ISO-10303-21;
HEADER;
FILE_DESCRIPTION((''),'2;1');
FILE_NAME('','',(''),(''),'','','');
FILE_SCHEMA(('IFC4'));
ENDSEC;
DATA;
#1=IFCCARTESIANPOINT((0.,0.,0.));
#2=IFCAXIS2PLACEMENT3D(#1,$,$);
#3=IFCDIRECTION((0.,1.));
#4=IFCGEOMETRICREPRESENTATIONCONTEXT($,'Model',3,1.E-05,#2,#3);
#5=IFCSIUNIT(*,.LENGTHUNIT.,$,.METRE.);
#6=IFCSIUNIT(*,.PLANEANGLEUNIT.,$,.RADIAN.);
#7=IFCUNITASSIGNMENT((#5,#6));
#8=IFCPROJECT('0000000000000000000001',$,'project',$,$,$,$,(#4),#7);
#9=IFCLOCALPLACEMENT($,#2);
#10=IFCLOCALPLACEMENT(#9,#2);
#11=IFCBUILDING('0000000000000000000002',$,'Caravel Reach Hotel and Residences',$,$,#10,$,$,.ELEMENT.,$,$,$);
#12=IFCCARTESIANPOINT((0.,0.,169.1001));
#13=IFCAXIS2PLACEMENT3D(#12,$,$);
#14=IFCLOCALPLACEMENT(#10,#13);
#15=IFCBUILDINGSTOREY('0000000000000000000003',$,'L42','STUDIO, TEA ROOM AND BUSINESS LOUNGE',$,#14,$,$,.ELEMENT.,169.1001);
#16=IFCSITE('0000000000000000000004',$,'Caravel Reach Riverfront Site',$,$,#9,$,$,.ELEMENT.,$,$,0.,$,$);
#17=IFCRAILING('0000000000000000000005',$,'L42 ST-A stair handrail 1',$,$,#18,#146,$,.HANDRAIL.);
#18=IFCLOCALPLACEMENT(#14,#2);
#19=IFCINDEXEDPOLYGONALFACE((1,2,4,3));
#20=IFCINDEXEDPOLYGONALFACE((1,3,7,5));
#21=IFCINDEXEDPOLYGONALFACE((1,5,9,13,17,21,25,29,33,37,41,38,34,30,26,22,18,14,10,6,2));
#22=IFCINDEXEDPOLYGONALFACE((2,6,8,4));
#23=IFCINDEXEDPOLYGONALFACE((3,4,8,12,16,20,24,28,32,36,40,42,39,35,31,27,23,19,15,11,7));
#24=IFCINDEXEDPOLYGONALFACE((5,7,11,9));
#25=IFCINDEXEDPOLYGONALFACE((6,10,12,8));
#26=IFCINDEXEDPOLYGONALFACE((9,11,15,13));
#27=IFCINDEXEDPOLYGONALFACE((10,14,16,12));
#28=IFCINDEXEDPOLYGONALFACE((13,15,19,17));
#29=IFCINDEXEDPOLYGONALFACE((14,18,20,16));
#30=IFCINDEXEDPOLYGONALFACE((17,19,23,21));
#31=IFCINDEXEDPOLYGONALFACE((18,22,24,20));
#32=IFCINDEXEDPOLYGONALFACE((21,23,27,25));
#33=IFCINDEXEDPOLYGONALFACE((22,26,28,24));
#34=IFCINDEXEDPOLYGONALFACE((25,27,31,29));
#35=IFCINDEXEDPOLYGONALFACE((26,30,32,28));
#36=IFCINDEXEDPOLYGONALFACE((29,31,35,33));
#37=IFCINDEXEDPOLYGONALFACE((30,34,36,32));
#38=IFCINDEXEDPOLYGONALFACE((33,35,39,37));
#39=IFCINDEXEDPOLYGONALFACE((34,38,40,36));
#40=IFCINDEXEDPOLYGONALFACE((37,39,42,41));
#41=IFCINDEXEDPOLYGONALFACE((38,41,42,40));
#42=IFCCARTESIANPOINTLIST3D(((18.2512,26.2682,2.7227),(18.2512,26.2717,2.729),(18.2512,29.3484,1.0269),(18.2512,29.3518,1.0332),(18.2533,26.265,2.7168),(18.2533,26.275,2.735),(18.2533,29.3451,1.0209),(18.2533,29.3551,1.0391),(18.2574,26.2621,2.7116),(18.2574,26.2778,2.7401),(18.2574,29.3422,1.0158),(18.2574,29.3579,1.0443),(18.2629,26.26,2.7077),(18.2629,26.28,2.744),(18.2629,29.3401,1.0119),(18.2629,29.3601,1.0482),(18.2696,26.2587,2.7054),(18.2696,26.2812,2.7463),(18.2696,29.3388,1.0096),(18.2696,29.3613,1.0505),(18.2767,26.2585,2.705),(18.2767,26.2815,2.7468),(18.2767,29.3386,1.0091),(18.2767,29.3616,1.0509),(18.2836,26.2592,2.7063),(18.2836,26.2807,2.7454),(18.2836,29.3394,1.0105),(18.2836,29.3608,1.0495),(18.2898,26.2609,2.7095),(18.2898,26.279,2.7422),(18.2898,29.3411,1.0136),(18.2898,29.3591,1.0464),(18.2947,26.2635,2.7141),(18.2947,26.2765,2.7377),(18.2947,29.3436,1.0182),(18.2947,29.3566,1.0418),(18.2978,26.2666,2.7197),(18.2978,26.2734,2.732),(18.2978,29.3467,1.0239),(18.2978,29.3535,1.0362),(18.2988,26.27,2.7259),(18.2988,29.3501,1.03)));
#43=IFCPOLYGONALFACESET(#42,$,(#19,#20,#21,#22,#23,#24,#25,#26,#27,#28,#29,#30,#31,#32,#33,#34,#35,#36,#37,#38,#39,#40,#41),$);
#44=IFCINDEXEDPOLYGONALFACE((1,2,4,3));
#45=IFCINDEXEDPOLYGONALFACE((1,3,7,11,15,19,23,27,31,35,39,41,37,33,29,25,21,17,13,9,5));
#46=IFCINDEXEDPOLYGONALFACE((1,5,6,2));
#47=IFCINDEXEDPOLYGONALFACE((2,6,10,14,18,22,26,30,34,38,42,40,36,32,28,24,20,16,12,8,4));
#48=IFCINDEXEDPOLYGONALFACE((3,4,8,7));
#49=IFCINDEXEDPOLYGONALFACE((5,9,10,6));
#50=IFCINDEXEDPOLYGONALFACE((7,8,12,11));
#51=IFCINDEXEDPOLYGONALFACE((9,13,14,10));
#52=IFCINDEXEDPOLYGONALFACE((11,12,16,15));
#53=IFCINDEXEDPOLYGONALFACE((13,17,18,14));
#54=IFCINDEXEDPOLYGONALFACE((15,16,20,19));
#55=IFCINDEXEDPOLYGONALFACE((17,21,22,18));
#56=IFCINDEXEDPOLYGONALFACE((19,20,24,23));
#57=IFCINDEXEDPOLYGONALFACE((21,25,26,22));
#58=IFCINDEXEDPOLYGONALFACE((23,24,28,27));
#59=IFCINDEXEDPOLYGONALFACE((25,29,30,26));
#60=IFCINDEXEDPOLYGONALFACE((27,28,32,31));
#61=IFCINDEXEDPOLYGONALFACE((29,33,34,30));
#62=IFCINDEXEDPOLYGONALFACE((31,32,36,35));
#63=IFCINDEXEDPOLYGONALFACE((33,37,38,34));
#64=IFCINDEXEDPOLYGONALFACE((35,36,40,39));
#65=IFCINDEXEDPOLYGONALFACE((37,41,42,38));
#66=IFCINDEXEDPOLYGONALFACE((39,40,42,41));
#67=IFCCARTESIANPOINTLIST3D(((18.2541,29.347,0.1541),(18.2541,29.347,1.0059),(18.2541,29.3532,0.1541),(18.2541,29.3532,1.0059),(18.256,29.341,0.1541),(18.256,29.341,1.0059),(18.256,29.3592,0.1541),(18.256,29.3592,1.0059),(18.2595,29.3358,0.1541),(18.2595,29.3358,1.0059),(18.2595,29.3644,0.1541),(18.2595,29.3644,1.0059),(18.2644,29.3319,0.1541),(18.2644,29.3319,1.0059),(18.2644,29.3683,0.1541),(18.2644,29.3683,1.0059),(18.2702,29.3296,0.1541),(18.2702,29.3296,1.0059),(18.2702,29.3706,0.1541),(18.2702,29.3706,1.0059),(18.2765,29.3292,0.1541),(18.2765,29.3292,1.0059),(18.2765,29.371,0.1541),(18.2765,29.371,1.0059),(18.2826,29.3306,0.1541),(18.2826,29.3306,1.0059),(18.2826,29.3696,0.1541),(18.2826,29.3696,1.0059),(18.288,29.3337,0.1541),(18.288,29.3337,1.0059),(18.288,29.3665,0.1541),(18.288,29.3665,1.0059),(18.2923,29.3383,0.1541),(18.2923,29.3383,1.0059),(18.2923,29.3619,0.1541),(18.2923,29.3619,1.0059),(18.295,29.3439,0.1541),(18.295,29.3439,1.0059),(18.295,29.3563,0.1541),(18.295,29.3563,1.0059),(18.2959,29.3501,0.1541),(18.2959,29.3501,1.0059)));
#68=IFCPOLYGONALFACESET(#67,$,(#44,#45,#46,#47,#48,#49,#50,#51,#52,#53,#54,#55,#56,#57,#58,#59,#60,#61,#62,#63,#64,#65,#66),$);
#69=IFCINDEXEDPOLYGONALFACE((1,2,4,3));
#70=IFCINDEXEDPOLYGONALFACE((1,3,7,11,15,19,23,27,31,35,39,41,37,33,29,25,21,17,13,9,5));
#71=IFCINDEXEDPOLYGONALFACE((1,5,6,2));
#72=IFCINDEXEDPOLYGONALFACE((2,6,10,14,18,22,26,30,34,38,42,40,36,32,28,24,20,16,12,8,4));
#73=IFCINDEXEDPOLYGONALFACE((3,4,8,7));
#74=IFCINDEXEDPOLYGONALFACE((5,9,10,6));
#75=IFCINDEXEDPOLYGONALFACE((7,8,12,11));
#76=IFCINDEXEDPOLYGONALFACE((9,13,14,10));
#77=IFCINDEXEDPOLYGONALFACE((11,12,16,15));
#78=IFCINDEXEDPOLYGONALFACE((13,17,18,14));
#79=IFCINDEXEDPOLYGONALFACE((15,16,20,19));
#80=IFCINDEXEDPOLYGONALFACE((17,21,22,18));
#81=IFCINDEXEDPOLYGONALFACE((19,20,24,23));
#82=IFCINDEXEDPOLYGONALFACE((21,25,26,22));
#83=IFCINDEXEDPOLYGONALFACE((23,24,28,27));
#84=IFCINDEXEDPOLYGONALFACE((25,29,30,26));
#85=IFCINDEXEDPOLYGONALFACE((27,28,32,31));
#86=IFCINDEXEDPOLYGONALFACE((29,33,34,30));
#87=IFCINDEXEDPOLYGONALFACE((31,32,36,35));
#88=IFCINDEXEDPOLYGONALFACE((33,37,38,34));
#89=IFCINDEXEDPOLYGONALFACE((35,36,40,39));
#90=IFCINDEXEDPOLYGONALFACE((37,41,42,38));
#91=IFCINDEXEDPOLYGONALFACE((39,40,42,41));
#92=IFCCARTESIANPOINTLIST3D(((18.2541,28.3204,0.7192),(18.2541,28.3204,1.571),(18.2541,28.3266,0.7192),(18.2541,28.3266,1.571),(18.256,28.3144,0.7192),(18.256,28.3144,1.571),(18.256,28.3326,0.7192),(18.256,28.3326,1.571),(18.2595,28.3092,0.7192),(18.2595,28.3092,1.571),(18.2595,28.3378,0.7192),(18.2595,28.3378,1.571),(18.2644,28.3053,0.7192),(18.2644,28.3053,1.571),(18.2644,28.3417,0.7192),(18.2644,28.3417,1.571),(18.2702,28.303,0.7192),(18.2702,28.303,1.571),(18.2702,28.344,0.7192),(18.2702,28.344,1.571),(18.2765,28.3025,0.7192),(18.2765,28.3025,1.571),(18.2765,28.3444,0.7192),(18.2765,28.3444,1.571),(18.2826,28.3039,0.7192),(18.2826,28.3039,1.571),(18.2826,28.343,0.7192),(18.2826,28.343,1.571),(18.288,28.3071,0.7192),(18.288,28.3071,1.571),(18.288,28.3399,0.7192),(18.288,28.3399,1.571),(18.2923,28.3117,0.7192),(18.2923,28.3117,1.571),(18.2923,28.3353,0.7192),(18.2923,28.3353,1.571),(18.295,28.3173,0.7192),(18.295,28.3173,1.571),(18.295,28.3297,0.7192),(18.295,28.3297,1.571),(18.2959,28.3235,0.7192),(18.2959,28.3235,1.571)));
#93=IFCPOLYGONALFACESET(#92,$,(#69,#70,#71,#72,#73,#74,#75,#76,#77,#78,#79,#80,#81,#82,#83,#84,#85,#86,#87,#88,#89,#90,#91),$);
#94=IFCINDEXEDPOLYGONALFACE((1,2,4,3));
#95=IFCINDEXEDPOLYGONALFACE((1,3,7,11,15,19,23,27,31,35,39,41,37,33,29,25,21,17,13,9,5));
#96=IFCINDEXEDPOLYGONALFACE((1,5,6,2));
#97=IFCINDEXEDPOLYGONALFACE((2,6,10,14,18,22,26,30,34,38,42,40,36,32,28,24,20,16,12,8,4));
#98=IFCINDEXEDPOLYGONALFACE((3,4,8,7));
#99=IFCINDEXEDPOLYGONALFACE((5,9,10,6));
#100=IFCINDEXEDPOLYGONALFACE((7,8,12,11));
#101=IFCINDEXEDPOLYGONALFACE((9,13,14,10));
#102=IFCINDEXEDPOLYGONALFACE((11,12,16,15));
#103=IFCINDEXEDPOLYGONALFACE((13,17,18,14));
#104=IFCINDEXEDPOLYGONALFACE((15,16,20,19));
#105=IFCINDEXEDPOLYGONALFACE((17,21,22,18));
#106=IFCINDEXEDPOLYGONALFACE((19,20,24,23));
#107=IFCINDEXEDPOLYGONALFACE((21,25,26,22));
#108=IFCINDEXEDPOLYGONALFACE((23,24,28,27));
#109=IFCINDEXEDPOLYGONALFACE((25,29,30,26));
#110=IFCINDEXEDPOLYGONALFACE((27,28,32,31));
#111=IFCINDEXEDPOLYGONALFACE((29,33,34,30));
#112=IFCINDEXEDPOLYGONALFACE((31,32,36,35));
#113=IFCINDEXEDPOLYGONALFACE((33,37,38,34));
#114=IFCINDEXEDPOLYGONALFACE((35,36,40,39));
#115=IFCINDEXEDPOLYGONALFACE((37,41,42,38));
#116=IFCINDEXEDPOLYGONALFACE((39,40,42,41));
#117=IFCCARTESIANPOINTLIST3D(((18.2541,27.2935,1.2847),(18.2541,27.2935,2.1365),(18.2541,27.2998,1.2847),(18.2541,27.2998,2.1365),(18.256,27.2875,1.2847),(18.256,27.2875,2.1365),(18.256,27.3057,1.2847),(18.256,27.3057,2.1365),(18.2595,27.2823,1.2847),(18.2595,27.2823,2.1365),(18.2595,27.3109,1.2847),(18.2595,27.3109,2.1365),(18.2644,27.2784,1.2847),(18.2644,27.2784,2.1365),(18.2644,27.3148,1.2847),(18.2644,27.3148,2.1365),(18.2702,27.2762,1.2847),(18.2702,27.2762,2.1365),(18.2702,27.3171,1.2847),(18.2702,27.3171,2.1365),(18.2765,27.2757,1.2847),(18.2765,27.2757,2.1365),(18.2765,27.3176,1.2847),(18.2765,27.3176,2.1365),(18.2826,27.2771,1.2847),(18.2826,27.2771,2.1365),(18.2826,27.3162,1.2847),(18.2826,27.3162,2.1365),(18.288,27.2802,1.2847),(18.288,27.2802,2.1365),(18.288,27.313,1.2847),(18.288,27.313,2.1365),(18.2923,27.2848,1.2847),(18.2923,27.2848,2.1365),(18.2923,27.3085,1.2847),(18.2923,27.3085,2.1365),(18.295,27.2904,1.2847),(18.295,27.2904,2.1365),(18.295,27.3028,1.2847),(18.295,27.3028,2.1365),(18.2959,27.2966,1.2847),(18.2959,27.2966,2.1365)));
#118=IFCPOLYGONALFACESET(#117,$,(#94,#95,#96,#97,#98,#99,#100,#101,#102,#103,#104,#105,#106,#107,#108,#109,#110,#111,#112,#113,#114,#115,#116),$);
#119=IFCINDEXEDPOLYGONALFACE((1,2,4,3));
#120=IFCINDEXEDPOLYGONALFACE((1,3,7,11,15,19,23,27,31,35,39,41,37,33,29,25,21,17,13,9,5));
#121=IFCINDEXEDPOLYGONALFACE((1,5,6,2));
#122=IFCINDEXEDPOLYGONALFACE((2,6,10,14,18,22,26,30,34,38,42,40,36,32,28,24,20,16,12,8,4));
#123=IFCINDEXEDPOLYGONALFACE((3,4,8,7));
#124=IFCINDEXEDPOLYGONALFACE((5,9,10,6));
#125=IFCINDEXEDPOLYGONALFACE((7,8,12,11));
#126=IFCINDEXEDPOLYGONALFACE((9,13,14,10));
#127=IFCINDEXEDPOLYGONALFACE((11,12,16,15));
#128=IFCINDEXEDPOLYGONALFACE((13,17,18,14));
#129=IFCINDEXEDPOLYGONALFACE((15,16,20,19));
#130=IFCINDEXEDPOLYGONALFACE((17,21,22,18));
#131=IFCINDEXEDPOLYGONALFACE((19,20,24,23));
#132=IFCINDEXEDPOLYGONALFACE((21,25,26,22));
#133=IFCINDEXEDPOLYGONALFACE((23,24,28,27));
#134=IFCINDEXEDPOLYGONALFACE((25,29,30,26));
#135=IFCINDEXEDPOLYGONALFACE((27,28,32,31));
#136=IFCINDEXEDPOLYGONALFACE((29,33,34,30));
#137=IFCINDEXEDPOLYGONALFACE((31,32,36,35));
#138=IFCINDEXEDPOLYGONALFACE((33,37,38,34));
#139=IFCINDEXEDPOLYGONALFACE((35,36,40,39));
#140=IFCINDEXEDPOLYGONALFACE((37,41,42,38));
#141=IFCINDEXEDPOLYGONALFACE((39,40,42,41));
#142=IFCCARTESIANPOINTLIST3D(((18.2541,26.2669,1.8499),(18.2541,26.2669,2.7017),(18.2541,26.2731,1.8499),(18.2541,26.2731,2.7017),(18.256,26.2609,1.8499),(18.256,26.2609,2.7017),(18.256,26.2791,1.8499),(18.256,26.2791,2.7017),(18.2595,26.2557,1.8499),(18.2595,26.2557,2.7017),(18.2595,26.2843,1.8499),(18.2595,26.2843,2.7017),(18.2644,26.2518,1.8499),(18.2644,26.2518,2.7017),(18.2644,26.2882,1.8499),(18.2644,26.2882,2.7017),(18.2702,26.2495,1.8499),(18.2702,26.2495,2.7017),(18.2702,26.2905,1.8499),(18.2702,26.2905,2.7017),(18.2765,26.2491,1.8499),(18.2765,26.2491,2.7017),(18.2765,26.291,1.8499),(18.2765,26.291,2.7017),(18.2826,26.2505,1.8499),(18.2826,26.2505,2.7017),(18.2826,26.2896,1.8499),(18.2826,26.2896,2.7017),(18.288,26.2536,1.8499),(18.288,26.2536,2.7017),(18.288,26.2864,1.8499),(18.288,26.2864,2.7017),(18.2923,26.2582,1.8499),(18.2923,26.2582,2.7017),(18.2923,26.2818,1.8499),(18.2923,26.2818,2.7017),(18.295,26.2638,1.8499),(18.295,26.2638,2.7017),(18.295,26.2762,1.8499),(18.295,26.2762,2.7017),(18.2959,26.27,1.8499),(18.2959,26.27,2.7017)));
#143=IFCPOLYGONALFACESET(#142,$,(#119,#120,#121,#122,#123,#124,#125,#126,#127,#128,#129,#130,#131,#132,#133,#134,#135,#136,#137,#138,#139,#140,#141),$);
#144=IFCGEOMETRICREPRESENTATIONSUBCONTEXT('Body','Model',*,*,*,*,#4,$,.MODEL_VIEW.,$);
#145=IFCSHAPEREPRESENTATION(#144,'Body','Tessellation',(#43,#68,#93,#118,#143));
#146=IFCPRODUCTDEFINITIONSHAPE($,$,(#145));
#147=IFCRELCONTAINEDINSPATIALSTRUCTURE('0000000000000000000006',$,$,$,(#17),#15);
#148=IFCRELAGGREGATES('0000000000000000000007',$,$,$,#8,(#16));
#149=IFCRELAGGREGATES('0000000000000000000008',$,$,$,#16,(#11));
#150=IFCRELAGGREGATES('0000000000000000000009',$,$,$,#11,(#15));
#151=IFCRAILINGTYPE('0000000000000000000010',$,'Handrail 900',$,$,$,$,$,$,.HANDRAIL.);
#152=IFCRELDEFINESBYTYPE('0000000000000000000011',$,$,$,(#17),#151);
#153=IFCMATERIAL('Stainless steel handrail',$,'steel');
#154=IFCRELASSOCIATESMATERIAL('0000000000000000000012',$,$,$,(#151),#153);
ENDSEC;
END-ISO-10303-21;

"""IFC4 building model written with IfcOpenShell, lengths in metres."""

from ifc_helpers import new_model, si_unit, direction, frame, origin, origin_2d, place, context, subcontext, project, spatial, circle, extrude, material, type_object, element, save


model = new_model("IFC4")

# Units and contexts
model_context = context("Model", 3, precision=1e-05, world=origin(), true_north=direction((0.0, 1.0)))
body_context = subcontext(model_context, "Body", "Model", "MODEL_VIEW")
ifc_project = project(units=[si_unit("LENGTHUNIT", "METRE"), si_unit("PLANEANGLEUNIT", "RADIAN")], contexts=[model_context])

# Site, building, storey
site_placement = place(None, origin())
site = spatial("IfcSite", under=ifc_project, at=site_placement, Name="Caravel Reach Riverfront Site", CompositionType="ELEMENT", RefElevation=0.0)
building_placement = place(site_placement, origin())
building = spatial("IfcBuilding", under=site, at=building_placement, Name="Caravel Reach Hotel and Residences", CompositionType="ELEMENT")
storey_placement = place(building_placement, frame((0.0, 0.0, 169.1001)))
storey = spatial("IfcBuildingStorey", under=building, at=storey_placement, Name="L42", Description="STUDIO, TEA ROOM AND BUSINESS LOUNGE", CompositionType="ELEMENT", Elevation=169.1001)

# Railing
ifc_material_1 = material(Name="Stainless steel handrail", Category="steel")
railing_type_1 = type_object("IfcRailingType", Name="Handrail 900", PredefinedType="HANDRAIL", material=ifc_material_1)
railing_1_placement = place(storey_placement, frame((18.2749, 29.3501, 0.1541)))
element("IfcRailing", 1, at=railing_1_placement, inside=storey, type_object=railing_type_1, Name="L42 ST-A stair handrail 1", PredefinedType="HANDRAIL", context=body_context, shape_type="SweptSolid", body=[
    extrude(circle(Radius=0.0239, at=origin_2d()), frame((0.0, 0.0, 0.876), z_axis=(0.0, -0.876005, 0.482303), x_axis=(1.0, 0.0, 0.0)), (0.0, 0.0, 1.0), 3.5161),
    extrude(circle(Radius=0.021, at=origin_2d()), origin(), (0.0, 0.0, 1.0), 0.8518),
    extrude(circle(Radius=0.021, at=origin_2d()), frame((0.0, -1.0266, 0.5652)), (0.0, 0.0, 1.0), 0.8518),
    extrude(circle(Radius=0.021, at=origin_2d()), frame((0.0, -2.0535, 1.1306)), (0.0, 0.0, 1.0), 0.8518),
    extrude(circle(Radius=0.021, at=origin_2d()), frame((0.0, -3.0801, 1.6958)), (0.0, 0.0, 1.0), 0.8518),
])

save(model, "model.ifc")
